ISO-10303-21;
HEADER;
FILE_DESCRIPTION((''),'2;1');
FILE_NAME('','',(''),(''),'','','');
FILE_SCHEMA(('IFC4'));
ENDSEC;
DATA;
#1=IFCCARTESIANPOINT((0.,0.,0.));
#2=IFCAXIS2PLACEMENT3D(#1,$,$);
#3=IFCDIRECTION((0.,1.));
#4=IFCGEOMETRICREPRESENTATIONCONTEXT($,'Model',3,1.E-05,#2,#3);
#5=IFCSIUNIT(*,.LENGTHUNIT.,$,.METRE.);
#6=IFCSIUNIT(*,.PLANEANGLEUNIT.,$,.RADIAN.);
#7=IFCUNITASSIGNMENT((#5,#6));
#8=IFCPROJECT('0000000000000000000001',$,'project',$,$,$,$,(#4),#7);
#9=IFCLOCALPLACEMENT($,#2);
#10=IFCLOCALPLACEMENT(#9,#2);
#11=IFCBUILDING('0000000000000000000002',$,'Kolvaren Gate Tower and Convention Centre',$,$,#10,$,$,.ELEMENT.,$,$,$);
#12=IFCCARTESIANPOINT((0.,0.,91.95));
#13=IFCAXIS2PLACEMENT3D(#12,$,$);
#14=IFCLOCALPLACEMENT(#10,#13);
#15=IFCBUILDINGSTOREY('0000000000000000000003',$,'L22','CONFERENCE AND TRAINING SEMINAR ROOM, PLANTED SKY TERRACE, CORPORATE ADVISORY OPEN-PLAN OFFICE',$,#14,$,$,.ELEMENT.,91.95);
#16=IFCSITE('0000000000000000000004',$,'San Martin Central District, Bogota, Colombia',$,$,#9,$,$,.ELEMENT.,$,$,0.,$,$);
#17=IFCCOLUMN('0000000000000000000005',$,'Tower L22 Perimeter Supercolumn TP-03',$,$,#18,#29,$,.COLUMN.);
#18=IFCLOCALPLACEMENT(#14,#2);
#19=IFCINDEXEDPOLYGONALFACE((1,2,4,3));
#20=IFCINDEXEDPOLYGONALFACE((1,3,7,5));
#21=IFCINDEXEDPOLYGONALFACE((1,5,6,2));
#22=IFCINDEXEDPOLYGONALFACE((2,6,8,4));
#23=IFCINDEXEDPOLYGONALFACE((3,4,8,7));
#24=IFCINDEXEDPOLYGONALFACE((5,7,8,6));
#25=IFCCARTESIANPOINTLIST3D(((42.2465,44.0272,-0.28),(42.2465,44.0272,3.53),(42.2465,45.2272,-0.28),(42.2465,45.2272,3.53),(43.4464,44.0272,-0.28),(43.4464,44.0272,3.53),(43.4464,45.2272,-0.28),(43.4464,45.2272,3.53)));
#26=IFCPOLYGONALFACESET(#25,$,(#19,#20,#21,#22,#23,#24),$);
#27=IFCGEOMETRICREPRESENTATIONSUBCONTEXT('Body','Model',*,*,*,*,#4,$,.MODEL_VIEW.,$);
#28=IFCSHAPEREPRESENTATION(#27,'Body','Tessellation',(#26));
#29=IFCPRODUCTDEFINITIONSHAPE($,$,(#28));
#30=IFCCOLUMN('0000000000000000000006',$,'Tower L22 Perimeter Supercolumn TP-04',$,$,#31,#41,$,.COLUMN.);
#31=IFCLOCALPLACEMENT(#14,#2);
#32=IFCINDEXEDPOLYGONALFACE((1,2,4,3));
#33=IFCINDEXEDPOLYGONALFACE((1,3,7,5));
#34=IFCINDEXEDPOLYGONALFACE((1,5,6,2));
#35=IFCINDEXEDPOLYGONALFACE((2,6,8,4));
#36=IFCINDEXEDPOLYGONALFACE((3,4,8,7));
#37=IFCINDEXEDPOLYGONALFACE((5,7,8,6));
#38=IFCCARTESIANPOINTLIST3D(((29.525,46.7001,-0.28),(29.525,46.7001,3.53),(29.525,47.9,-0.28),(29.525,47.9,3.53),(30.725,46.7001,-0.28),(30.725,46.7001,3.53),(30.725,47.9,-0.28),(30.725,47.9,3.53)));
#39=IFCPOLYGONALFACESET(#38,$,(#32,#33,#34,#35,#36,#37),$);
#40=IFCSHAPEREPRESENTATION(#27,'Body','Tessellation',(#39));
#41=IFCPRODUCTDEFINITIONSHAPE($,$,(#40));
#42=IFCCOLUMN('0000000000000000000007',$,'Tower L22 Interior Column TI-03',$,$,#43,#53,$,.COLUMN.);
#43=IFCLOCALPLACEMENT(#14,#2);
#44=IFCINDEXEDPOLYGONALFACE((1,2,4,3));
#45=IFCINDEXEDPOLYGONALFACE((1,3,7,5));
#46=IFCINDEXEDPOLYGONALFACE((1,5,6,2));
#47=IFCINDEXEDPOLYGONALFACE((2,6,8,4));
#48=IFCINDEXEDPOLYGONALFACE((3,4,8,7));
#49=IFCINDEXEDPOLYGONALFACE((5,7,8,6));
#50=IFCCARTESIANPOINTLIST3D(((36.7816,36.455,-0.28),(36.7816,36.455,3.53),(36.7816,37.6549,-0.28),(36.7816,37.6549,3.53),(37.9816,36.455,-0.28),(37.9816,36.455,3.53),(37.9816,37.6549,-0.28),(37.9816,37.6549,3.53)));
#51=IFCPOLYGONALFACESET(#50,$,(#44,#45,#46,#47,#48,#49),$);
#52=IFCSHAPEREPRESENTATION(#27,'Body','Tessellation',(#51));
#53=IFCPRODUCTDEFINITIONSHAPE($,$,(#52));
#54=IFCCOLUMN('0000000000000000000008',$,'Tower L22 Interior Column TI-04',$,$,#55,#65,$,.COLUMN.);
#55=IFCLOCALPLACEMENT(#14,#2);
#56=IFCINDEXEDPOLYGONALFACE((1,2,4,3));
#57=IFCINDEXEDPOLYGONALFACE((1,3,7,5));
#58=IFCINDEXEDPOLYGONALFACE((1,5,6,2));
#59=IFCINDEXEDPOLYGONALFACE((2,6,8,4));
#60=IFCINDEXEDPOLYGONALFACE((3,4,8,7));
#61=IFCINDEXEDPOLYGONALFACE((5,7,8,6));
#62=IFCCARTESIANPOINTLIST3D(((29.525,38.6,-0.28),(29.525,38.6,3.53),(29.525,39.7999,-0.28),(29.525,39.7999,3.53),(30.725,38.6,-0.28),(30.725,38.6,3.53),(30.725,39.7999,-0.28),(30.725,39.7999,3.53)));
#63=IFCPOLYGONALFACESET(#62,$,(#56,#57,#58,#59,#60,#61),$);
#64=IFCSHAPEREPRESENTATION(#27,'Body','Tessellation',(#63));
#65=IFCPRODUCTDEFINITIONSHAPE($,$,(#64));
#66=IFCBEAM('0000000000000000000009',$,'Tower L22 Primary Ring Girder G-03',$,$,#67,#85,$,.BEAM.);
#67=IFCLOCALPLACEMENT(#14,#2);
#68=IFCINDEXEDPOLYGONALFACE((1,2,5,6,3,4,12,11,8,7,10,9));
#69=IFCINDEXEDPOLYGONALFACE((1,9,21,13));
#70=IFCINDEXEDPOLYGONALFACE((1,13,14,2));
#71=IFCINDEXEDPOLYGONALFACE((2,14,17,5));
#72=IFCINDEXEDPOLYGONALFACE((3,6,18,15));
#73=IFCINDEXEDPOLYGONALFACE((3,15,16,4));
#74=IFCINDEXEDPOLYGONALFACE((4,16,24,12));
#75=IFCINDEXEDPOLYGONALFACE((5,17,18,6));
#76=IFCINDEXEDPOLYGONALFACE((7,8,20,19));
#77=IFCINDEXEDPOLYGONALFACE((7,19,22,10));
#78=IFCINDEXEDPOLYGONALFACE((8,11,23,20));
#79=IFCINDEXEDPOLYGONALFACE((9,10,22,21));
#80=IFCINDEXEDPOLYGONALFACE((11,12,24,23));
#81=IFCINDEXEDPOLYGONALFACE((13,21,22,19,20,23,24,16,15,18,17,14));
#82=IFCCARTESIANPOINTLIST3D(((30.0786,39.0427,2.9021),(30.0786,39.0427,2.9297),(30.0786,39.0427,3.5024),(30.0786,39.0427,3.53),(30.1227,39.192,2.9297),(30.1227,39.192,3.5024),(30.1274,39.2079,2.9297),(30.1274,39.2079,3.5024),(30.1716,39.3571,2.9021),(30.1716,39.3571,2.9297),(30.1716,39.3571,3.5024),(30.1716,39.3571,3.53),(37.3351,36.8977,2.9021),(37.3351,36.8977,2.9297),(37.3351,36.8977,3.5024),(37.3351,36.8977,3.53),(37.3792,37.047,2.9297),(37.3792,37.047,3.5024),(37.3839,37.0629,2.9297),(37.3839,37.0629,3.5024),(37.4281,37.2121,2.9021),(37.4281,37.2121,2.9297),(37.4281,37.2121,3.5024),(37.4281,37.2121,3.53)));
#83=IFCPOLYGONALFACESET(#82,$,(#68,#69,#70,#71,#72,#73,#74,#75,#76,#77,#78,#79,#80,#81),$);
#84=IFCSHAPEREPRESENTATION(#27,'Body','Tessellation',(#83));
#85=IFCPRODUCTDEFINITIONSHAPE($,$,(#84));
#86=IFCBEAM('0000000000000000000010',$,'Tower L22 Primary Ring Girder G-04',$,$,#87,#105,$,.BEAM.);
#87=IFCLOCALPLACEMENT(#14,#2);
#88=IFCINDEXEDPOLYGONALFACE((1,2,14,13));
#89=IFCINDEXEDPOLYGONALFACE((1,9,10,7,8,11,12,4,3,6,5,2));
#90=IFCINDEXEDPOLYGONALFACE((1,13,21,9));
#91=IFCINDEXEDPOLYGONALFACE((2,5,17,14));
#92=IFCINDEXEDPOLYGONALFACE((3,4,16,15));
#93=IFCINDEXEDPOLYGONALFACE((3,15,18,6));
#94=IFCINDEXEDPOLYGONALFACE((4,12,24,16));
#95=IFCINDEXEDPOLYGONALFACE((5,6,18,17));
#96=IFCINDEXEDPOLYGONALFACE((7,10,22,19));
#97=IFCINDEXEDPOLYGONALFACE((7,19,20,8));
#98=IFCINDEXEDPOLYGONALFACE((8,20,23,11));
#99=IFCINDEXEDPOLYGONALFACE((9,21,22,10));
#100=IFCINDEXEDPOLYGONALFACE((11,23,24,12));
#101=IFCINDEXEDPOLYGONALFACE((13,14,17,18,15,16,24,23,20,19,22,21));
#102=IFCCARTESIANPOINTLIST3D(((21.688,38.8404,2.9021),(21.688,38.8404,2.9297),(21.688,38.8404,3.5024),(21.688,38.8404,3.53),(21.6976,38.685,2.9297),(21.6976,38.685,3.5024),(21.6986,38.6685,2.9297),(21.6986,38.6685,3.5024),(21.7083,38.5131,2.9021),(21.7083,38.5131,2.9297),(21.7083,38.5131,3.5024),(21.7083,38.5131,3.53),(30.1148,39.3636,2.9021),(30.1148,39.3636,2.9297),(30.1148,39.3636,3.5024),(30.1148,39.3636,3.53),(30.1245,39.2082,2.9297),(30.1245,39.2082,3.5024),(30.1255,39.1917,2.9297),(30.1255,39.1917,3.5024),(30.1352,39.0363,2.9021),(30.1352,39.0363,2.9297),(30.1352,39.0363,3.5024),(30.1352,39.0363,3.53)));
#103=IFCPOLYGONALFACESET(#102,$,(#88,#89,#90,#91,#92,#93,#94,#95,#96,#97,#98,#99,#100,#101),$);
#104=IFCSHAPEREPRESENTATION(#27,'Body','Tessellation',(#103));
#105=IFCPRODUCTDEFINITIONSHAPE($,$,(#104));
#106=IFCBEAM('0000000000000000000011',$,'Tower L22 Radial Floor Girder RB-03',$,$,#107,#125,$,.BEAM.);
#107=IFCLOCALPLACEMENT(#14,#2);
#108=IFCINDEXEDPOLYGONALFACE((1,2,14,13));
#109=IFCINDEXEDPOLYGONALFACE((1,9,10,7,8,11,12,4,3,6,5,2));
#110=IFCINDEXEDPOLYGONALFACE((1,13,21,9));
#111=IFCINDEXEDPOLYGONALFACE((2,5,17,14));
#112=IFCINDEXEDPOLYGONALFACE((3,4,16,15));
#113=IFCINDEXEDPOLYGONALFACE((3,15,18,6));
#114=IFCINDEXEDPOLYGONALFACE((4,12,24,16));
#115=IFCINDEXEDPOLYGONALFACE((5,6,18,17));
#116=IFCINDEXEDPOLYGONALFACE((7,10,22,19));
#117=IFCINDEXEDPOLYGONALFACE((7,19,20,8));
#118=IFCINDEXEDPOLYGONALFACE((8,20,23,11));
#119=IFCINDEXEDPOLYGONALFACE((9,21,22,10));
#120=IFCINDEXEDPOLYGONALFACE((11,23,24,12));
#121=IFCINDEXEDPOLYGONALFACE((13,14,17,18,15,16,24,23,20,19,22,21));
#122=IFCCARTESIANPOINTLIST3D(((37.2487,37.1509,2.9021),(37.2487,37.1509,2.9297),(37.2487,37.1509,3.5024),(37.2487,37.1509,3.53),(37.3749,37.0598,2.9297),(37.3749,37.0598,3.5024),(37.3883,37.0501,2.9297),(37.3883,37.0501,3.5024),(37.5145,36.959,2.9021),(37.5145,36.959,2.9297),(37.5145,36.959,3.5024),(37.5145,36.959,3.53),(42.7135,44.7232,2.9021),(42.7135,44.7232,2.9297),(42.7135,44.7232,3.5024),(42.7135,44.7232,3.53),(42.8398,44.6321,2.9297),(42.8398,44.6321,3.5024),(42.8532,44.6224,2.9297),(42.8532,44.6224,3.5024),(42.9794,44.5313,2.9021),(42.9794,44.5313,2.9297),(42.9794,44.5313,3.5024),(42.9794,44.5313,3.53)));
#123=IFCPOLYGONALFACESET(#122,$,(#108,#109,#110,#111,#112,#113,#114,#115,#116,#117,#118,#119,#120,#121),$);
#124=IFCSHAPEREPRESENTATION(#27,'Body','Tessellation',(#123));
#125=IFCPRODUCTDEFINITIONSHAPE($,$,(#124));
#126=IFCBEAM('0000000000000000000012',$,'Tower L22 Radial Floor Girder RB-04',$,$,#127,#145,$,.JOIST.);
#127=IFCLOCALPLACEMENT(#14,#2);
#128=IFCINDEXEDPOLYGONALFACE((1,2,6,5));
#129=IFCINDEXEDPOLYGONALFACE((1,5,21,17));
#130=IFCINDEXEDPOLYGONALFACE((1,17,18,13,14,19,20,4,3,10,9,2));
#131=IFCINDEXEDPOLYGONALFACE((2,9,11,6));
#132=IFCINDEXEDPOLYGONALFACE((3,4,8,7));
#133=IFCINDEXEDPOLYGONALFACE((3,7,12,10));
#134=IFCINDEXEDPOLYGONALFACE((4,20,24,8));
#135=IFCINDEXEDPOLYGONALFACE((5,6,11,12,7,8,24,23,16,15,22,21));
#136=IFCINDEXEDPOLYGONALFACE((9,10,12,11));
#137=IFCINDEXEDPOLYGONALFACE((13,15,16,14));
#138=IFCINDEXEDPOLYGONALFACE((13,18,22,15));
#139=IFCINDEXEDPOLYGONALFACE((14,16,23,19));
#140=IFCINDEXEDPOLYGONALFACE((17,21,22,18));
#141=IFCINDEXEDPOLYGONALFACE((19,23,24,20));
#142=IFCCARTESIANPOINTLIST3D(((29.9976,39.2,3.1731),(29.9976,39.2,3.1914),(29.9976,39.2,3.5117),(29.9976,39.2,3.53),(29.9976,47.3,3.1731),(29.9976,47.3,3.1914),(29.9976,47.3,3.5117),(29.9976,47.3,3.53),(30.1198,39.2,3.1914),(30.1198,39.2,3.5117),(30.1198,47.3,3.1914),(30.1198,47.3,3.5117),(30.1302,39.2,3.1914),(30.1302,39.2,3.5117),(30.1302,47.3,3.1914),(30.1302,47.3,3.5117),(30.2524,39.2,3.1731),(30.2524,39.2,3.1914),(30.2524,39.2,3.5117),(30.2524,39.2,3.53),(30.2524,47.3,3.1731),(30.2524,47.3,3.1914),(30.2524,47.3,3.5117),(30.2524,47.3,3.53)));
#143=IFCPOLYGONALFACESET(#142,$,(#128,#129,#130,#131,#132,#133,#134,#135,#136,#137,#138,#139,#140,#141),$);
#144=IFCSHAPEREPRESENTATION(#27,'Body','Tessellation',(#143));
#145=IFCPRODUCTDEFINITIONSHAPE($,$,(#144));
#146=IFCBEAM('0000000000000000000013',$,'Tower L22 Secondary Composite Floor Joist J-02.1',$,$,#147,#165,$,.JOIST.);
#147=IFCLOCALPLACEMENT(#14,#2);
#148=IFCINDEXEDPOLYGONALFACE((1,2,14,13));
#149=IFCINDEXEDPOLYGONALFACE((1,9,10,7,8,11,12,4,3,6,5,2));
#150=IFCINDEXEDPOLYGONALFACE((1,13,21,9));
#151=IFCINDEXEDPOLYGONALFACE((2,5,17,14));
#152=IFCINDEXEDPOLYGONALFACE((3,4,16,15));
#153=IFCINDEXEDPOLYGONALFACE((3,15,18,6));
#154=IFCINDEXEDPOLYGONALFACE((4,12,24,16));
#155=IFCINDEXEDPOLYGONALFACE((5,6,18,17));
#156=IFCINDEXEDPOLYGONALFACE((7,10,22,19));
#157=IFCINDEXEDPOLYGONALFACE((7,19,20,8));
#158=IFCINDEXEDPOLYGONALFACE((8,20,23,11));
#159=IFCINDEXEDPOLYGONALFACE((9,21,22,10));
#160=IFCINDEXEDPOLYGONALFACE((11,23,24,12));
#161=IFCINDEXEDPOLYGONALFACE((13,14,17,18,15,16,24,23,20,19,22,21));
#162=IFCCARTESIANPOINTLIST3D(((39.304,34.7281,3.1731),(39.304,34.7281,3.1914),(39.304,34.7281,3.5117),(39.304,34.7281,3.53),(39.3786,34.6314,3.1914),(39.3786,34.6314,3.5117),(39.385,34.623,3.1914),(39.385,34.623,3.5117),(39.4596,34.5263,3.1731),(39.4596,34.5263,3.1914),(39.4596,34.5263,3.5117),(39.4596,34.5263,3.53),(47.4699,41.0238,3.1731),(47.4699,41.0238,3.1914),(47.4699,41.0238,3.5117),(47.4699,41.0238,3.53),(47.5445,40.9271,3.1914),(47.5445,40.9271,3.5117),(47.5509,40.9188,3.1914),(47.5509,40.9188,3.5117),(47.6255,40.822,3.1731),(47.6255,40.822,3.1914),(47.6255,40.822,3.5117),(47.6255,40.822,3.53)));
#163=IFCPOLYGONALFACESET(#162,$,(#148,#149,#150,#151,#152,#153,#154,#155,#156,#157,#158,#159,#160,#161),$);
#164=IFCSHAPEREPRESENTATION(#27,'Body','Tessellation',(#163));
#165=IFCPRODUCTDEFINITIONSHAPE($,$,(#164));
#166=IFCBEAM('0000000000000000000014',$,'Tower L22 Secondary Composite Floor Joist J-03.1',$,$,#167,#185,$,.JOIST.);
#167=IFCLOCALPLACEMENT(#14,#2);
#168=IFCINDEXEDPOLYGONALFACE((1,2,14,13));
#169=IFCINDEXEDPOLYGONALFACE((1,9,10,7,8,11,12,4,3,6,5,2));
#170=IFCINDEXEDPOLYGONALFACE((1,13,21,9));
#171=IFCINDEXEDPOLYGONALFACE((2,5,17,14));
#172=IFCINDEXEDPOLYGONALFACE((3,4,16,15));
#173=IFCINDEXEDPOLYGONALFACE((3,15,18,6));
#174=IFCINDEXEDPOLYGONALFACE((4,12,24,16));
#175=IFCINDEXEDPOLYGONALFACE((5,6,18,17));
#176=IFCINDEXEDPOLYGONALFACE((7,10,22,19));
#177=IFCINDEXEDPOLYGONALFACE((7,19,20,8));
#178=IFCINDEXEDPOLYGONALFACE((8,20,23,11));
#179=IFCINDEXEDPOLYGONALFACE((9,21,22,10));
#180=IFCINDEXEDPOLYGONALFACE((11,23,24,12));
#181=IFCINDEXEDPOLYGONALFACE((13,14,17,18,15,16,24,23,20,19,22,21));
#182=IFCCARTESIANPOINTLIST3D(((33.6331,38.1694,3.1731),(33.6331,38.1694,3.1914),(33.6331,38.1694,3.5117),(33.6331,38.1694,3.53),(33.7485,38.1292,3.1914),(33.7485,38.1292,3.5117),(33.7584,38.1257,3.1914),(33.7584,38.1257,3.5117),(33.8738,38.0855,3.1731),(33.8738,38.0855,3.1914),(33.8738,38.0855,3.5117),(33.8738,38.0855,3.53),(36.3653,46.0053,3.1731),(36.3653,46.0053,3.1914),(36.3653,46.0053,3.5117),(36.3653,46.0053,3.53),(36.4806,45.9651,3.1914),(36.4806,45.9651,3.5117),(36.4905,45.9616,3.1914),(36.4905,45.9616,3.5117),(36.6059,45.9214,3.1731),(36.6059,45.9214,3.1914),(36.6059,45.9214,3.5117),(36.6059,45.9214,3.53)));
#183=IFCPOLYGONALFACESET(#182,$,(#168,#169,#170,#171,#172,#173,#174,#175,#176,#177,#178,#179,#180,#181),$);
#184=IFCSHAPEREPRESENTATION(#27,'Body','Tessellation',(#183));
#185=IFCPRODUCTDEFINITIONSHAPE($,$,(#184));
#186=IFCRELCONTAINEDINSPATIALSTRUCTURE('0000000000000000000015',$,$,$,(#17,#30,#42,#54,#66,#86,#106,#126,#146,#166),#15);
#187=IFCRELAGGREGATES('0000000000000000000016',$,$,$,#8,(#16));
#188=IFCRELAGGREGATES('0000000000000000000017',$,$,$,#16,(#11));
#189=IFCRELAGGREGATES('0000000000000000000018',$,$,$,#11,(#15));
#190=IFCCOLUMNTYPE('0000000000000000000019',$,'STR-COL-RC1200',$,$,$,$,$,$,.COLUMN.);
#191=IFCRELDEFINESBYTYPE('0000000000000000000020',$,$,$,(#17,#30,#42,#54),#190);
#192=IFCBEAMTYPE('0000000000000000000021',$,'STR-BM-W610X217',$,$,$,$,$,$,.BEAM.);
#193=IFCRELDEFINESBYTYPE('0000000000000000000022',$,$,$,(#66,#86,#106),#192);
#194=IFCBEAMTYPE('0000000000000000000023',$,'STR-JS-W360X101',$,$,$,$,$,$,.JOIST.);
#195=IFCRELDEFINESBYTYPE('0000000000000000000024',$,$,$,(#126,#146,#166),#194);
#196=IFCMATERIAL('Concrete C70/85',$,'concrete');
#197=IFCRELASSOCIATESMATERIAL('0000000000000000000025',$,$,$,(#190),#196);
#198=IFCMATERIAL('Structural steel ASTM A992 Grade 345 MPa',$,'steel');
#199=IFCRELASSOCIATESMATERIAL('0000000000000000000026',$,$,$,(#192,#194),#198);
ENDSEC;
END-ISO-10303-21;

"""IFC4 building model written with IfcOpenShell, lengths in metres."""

from ifc_helpers import new_model, si_unit, direction, frame, origin, origin_2d, place, context, subcontext, project, spatial, rectangle, i_section, extrude, material, material_profile, profile_set, type_object, element, save


model = new_model("IFC4")

# Units and contexts
model_context = context("Model", 3, precision=1e-05, world=origin(), true_north=direction((0.0, 1.0)))
body_context = subcontext(model_context, "Body", "Model", "MODEL_VIEW")
ifc_project = project(units=[si_unit("LENGTHUNIT", "METRE"), si_unit("PLANEANGLEUNIT", "RADIAN")], contexts=[model_context])

# Site, building, storey
site_placement = place(None, origin())
site = spatial("IfcSite", under=ifc_project, at=site_placement, Name="San Martin Central District, Bogota, Colombia", CompositionType="ELEMENT", RefElevation=0.0)
building_placement = place(site_placement, origin())
building = spatial("IfcBuilding", under=site, at=building_placement, Name="Kolvaren Gate Tower and Convention Centre", CompositionType="ELEMENT")
storey_placement = place(building_placement, frame((0.0, 0.0, 91.95)))
storey = spatial("IfcBuildingStorey", under=building, at=storey_placement, Name="L22", Description="CONFERENCE AND TRAINING SEMINAR ROOM, PLANTED SKY TERRACE, CORPORATE ADVISORY OPEN-PLAN OFFICE", CompositionType="ELEMENT", Elevation=91.95)

# Columns
ifc_material_1 = material(Name="Concrete C70/85", Category="concrete")
ifc_material_profile_1 = material_profile(ifc_material_1, rectangle(XDim=1.2, YDim=1.2, at=origin_2d()), Name="RC-COL-1200X1200")
ifc_profile_set_1 = profile_set([ifc_material_profile_1], Name="Concrete C70/85")
column_type = type_object("IfcColumnType", Name="STR-COL-RC1200", PredefinedType="COLUMN", material=ifc_profile_set_1)
for number, where, z_axis, x_axis, name in (
    (1, (42.8464, 44.6272, -0.28), (0.0, 0.0, 1.0), (1.0, 0.0, 0.0), "Tower L22 Perimeter Supercolumn TP-03"),
    (2, (30.125, 47.3, -0.28), (0.0, 0.0, 1.0), (1.0, 0.0, 0.0), "Tower L22 Perimeter Supercolumn TP-04"),
    (3, (37.3816, 37.0549, -0.28), (0.0, 0.0, 1.0), (1.0, 0.0, 0.0), "Tower L22 Interior Column TI-03"),
    (4, (30.125, 39.2, -0.28), (0.0, 0.0, 1.0), (1.0, 0.0, 0.0), "Tower L22 Interior Column TI-04"),
):
    element("IfcColumn", number, at=place(storey_placement, frame(where, z_axis=z_axis, x_axis=x_axis)), inside=storey, type_object=column_type, Name=name, PredefinedType="COLUMN", context=body_context, shape_type="SweptSolid", body=[
        extrude(rectangle(XDim=1.2, YDim=1.2, at=origin_2d()), origin(), (0.0, 0.0, 1.0), 3.8101),
    ])

# Beams
ifc_material_2 = material(Name="Structural steel ASTM A992 Grade 345 MPa", Category="steel")
ifc_material_profile_2 = material_profile(ifc_material_2, i_section(OverallWidth=0.3279, OverallDepth=0.6279, WebThickness=0.0166, FlangeThickness=0.0276, at=origin_2d()), Name="W610X217")
ifc_profile_set_2 = profile_set([ifc_material_profile_2], Name="Structural steel ASTM A992 Grade 345 MPa")
beam_type_1 = type_object("IfcBeamType", Name="STR-BM-W610X217", PredefinedType="BEAM", material=ifc_profile_set_2)
beam_1_placement = place(storey_placement, frame((37.3816, 37.0549, 3.2161), z_axis=(-0.958981, 0.283471, 0.0), x_axis=(-0.283471, -0.958981, 0.0)))
element("IfcBeam", 5, at=beam_1_placement, inside=storey, type_object=beam_type_1, Name="Tower L22 Primary Ring Girder G-03", PredefinedType="BEAM", context=body_context, shape_type="SweptSolid", body=[
    extrude(i_section(OverallWidth=0.3279, OverallDepth=0.6279, WebThickness=0.0166, FlangeThickness=0.0276, at=origin_2d()), origin(), (0.0, 0.0, 1.0), 7.5669),
])
beam_2_placement = place(storey_placement, frame((30.125, 39.2, 3.2161), z_axis=(-0.998078, -0.061966, 0.0), x_axis=(0.061966, -0.998078, 0.0)))
element("IfcBeam", 6, at=beam_2_placement, inside=storey, type_object=beam_type_1, Name="Tower L22 Primary Ring Girder G-04", PredefinedType="BEAM", context=body_context, shape_type="SweptSolid", body=[
    extrude(i_section(OverallWidth=0.3279, OverallDepth=0.6279, WebThickness=0.0166, FlangeThickness=0.0276, at=origin_2d()), origin(), (0.0, 0.0, 1.0), 8.4431),
])
beam_3_placement = place(storey_placement, frame((37.3816, 37.0549, 3.2161), z_axis=(0.585208, 0.810883, 0.0), x_axis=(-0.810883, 0.585208, 0.0)))
element("IfcBeam", 7, at=beam_3_placement, inside=storey, type_object=beam_type_1, Name="Tower L22 Radial Floor Girder RB-03", PredefinedType="BEAM", context=body_context, shape_type="SweptSolid", body=[
    extrude(i_section(OverallWidth=0.3279, OverallDepth=0.6279, WebThickness=0.0166, FlangeThickness=0.0276, at=origin_2d()), origin(), (0.0, 0.0, 1.0), 9.3384),
])
ifc_material_profile_3 = material_profile(ifc_material_2, i_section(OverallWidth=0.2549, OverallDepth=0.3569, WebThickness=0.0105, FlangeThickness=0.0183, at=origin_2d()), Name="W360X101")
ifc_profile_set_3 = profile_set([ifc_material_profile_3], Name="Structural steel ASTM A992 Grade 345 MPa")
beam_type_2 = type_object("IfcBeamType", Name="STR-JS-W360X101", PredefinedType="JOIST", material=ifc_profile_set_3)
beam_4_placement = place(storey_placement, frame((30.125, 39.2, 3.3516), z_axis=(0.0, 1.0, 0.0), x_axis=(-1.0, 0.0, 0.0)))
element("IfcBeam", 8, at=beam_4_placement, inside=storey, type_object=beam_type_2, Name="Tower L22 Radial Floor Girder RB-04", PredefinedType="JOIST", context=body_context, shape_type="SweptSolid", body=[
    extrude(i_section(OverallWidth=0.2549, OverallDepth=0.3569, WebThickness=0.0105, FlangeThickness=0.0183, at=origin_2d()), origin(), (0.0, 0.0, 1.0), 8.1001),
])
beam_5_placement = place(storey_placement, frame((39.3818, 34.6272, 3.3516), z_axis=(0.791954, 0.610581, 0.0), x_axis=(-0.610581, 0.791954, 0.0)))
element("IfcBeam", 9, at=beam_5_placement, inside=storey, type_object=beam_type_2, Name="Tower L22 Secondary Composite Floor Joist J-02.1", PredefinedType="JOIST", context=body_context, shape_type="SweptSolid", body=[
    extrude(i_section(OverallWidth=0.2549, OverallDepth=0.3569, WebThickness=0.0105, FlangeThickness=0.0183, at=origin_2d()), origin(), (0.0, 0.0, 1.0), 10.311),
])
beam_6_placement = place(storey_placement, frame((33.7534, 38.1274, 3.3516), z_axis=(0.329234, 0.944248, 0.0), x_axis=(-0.944248, 0.329234, 0.0)))
element("IfcBeam", 10, at=beam_6_placement, inside=storey, type_object=beam_type_2, Name="Tower L22 Secondary Composite Floor Joist J-03.1", PredefinedType="JOIST", context=body_context, shape_type="SweptSolid", body=[
    extrude(i_section(OverallWidth=0.2549, OverallDepth=0.3569, WebThickness=0.0105, FlangeThickness=0.0183, at=origin_2d()), origin(), (0.0, 0.0, 1.0), 8.2986),
])

save(model, "model.ifc")
